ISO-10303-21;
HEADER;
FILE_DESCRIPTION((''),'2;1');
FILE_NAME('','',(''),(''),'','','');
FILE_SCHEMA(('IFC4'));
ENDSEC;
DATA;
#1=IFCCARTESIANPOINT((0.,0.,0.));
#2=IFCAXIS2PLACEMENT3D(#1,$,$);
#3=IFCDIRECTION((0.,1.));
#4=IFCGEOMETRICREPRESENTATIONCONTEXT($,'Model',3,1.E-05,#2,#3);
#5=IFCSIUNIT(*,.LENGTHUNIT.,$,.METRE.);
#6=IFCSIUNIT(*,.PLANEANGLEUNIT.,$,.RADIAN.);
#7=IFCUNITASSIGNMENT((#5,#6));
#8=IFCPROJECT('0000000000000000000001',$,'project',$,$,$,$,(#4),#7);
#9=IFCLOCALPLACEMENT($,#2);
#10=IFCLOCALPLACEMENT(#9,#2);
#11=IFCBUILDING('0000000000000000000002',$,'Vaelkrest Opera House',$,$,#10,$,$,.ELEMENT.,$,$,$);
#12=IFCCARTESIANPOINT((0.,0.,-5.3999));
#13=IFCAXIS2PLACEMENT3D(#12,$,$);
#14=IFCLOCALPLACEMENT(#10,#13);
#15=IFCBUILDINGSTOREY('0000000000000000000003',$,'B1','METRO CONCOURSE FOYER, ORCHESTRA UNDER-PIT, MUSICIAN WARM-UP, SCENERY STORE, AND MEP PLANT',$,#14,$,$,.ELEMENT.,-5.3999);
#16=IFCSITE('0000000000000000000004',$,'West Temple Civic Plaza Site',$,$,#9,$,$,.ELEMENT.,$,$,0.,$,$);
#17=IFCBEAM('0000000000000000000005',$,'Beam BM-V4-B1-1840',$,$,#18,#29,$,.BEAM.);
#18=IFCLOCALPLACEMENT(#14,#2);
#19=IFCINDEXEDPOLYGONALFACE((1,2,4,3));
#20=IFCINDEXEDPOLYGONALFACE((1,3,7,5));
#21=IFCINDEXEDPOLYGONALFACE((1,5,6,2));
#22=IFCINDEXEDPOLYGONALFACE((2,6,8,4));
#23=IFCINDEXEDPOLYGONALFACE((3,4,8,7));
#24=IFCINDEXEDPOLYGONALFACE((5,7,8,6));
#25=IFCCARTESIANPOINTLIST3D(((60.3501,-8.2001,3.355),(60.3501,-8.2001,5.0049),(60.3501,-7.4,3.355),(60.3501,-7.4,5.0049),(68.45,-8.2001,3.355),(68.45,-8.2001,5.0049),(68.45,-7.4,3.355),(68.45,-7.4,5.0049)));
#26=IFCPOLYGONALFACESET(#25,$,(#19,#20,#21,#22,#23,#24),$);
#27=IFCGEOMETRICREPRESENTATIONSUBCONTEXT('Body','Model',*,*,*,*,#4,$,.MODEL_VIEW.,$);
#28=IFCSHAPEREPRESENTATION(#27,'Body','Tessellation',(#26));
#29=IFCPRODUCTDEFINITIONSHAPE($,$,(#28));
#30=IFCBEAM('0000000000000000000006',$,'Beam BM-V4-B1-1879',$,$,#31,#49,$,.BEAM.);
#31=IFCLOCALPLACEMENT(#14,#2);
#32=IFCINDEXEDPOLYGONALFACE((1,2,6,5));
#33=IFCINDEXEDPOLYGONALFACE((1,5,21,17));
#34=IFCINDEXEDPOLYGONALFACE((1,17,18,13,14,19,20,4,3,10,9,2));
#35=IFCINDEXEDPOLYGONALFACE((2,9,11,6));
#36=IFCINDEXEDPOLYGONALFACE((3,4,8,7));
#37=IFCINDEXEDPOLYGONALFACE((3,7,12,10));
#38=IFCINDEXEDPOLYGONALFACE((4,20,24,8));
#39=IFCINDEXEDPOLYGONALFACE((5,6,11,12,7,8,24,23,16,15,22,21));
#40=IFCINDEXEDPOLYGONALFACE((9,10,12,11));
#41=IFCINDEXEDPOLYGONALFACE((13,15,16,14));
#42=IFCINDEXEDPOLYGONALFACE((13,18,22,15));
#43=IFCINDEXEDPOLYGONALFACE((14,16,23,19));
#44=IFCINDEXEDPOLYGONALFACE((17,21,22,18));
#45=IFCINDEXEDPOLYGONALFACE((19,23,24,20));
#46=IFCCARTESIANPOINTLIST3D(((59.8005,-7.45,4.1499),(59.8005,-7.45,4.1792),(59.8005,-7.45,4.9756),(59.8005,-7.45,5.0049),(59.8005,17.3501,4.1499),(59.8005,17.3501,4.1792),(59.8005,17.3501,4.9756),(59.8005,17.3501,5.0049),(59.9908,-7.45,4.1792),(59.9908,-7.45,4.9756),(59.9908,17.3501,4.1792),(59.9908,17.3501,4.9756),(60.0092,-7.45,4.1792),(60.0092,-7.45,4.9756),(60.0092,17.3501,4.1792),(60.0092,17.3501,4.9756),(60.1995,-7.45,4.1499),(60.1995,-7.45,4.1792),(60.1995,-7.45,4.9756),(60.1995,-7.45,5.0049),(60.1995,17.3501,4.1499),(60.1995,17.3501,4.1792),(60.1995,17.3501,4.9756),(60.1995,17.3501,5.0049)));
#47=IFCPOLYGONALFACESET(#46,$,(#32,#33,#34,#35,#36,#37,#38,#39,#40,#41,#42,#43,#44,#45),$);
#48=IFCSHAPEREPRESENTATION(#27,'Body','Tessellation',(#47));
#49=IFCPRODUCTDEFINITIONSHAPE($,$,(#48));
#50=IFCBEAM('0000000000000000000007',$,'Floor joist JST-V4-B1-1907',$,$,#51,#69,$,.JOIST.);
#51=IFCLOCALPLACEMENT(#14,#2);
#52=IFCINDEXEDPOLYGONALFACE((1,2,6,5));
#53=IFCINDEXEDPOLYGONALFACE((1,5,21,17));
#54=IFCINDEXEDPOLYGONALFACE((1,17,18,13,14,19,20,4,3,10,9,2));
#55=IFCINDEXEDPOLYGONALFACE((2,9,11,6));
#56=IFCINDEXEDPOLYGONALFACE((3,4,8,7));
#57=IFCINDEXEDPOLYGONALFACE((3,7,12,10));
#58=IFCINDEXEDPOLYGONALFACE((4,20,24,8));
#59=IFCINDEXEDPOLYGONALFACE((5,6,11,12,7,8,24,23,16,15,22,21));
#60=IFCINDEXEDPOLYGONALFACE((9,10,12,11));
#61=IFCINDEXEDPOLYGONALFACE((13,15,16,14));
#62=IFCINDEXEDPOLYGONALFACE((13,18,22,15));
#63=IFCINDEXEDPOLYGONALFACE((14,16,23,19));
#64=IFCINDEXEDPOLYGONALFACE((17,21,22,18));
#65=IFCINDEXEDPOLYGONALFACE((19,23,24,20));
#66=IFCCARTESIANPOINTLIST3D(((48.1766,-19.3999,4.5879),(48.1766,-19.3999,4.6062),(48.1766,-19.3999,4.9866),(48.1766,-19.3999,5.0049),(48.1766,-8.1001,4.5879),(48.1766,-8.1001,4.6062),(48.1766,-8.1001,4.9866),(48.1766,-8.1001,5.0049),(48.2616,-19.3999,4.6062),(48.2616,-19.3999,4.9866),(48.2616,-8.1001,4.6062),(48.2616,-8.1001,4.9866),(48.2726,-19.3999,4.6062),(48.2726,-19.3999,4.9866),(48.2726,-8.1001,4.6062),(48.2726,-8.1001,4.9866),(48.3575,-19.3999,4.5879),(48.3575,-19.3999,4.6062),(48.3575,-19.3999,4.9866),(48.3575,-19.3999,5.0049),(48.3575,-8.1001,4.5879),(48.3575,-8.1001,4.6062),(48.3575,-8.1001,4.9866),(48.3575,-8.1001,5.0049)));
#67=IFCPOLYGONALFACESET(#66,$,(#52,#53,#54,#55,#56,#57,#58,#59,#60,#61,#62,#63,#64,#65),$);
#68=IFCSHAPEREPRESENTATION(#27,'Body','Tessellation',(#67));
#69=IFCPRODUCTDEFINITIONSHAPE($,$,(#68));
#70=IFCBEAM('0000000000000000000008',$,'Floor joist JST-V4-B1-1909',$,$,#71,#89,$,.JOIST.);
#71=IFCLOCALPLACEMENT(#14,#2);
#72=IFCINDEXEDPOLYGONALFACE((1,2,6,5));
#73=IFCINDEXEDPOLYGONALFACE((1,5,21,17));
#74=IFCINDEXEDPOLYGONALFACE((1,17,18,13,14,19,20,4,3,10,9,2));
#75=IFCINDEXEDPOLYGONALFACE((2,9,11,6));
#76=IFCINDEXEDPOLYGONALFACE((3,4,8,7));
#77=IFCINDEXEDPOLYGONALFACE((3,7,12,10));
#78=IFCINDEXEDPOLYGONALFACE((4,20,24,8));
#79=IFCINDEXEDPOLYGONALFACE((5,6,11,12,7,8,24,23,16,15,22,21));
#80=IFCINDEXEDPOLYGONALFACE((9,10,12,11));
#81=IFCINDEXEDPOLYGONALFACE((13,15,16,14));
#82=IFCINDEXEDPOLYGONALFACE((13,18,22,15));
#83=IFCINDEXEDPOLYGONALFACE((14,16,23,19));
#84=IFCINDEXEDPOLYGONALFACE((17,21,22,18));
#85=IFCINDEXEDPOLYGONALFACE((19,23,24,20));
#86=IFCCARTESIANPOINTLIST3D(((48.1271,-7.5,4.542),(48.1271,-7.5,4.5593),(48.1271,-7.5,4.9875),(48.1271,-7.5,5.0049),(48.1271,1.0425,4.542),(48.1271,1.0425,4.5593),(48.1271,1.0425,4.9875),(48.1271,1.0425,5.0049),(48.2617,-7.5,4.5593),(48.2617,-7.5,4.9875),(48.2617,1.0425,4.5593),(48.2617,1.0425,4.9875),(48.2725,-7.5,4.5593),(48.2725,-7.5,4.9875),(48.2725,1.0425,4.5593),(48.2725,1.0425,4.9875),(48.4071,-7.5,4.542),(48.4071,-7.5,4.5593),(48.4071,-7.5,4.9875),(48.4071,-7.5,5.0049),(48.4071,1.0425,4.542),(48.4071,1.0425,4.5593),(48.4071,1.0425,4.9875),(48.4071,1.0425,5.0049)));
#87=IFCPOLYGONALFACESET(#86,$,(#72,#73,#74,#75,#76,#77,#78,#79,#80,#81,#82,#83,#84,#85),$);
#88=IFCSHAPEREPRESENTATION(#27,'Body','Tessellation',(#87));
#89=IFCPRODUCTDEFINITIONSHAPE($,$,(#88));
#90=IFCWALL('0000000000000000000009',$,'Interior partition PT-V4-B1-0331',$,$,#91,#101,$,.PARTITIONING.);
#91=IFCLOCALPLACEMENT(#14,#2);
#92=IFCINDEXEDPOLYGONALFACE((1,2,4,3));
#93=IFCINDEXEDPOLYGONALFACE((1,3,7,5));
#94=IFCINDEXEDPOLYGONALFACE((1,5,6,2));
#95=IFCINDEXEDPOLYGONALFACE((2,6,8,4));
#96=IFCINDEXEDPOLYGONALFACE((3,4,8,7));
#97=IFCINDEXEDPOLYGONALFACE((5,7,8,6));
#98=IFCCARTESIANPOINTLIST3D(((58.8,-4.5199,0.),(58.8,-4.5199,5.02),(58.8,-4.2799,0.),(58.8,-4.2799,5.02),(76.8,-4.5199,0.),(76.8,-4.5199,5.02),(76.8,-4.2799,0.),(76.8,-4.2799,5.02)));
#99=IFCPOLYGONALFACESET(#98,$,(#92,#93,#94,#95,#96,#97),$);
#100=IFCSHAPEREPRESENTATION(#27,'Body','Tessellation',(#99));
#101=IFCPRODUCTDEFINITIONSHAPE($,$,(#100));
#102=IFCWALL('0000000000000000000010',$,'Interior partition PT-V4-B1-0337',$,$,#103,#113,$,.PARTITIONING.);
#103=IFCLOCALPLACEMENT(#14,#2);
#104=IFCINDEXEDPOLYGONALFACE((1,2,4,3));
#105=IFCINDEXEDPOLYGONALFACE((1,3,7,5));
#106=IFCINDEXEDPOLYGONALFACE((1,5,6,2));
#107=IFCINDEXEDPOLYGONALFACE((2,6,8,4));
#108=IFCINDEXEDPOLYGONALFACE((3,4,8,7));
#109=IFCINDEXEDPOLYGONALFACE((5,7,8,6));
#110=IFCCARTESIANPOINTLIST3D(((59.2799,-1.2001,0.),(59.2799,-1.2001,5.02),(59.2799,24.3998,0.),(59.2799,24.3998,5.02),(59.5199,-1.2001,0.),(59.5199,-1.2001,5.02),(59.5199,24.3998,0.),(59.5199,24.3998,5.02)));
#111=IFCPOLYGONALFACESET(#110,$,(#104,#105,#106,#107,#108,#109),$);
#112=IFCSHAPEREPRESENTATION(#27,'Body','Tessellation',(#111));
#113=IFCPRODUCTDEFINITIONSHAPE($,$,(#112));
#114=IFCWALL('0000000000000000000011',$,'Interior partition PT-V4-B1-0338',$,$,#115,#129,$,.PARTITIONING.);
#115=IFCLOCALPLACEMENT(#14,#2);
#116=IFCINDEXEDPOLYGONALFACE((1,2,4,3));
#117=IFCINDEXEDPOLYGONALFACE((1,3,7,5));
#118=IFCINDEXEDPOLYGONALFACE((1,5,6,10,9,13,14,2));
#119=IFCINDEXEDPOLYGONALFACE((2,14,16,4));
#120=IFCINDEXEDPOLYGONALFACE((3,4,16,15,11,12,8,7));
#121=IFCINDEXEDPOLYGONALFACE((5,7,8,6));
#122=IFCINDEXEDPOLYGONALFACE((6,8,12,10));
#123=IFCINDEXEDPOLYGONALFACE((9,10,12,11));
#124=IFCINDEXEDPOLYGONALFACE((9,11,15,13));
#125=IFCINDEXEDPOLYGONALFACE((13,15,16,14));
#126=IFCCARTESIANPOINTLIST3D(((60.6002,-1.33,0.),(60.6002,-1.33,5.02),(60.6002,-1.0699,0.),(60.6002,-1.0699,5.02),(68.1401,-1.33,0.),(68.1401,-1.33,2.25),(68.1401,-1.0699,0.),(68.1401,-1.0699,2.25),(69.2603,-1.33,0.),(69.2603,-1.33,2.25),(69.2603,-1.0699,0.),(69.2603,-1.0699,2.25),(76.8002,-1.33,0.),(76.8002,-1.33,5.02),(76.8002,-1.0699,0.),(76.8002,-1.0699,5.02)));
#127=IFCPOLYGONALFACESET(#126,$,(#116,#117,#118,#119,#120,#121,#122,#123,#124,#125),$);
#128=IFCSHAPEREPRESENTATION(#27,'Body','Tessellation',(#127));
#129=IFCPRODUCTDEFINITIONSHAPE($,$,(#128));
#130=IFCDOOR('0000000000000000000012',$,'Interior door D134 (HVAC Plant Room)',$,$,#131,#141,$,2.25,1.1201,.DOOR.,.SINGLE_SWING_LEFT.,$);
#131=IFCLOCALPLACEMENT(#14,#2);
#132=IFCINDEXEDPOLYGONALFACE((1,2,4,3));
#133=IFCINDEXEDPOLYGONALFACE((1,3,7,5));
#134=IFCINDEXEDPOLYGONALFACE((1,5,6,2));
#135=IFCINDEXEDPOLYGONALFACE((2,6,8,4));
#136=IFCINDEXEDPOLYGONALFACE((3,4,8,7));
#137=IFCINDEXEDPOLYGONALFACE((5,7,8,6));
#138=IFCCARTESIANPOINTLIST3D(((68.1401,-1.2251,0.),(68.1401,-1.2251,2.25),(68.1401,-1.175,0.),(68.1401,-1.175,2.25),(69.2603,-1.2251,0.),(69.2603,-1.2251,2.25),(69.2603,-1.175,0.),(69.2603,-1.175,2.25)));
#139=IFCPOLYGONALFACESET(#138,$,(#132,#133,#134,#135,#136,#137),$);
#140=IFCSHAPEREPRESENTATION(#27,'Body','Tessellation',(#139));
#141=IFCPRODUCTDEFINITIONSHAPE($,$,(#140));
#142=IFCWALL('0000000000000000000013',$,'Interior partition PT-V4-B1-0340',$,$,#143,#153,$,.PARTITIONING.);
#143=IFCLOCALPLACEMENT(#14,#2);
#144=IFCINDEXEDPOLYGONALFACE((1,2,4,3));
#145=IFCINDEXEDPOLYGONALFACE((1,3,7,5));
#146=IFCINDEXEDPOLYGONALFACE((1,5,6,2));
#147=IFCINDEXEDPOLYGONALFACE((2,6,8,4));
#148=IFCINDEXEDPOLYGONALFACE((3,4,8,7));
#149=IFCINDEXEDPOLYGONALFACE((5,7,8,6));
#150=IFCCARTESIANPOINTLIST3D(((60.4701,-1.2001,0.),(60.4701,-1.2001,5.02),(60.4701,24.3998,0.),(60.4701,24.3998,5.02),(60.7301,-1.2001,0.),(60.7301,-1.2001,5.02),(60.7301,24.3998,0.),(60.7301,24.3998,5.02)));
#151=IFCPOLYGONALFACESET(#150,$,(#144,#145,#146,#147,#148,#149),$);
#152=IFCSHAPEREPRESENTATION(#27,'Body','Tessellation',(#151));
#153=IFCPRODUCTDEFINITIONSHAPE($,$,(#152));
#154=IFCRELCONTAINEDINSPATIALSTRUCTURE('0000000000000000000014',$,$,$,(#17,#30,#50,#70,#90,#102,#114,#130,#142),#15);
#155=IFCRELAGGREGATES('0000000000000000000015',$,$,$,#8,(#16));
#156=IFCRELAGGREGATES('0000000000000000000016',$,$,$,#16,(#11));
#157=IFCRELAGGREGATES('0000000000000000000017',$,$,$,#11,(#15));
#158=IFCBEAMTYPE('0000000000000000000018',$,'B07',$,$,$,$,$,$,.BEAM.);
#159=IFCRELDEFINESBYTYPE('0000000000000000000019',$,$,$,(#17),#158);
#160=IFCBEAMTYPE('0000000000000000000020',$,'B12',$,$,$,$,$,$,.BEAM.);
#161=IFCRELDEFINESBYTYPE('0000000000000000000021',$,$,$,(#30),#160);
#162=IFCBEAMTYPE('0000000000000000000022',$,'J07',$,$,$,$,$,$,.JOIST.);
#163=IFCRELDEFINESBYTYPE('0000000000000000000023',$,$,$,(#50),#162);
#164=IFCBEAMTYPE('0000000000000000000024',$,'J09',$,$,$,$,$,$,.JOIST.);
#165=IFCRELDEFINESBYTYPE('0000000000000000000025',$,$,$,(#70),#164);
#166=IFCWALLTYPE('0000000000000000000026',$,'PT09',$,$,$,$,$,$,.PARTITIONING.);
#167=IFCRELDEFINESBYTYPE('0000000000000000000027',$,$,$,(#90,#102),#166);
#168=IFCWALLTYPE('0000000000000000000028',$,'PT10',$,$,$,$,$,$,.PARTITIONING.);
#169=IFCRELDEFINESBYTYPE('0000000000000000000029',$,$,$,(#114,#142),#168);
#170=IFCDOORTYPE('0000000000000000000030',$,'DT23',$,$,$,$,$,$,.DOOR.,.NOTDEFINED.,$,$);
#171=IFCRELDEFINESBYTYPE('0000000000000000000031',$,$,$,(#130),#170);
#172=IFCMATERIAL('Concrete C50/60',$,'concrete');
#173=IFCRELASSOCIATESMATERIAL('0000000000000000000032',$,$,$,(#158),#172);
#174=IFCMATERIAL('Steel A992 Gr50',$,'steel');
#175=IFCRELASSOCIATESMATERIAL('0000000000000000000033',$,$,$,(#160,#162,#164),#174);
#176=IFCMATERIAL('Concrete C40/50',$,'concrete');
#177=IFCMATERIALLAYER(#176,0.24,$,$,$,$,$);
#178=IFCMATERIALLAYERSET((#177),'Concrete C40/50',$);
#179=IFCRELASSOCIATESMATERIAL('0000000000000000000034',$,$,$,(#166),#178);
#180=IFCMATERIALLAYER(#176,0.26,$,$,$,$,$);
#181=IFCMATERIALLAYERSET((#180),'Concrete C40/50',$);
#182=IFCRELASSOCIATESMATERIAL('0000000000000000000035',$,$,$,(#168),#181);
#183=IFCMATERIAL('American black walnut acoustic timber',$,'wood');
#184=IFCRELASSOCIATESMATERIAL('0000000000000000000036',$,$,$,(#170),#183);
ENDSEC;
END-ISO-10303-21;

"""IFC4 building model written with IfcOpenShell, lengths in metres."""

from ifc_helpers import new_model, si_unit, direction, frame, frame_2d, origin, origin_2d, place, context, subcontext, project, spatial, rectangle, i_section, extrude, material, layer, layer_set, material_profile, profile_set, type_object, element, fill, save


model = new_model("IFC4")

# Units and contexts
model_context = context("Model", 3, precision=1e-05, world=origin(), true_north=direction((0.0, 1.0)))
body_context = subcontext(model_context, "Body", "Model", "MODEL_VIEW")
ifc_project = project(units=[si_unit("LENGTHUNIT", "METRE"), si_unit("PLANEANGLEUNIT", "RADIAN")], contexts=[model_context])

# Site, building, storey
site_placement = place(None, origin())
site = spatial("IfcSite", under=ifc_project, at=site_placement, Name="West Temple Civic Plaza Site", CompositionType="ELEMENT", RefElevation=0.0)
building_placement = place(site_placement, origin())
building = spatial("IfcBuilding", under=site, at=building_placement, Name="Vaelkrest Opera House", CompositionType="ELEMENT")
storey_placement = place(building_placement, frame((0.0, 0.0, -5.3999)))
storey = spatial("IfcBuildingStorey", under=building, at=storey_placement, Name="B1", Description="METRO CONCOURSE FOYER, ORCHESTRA UNDER-PIT, MUSICIAN WARM-UP, SCENERY STORE, AND MEP PLANT", CompositionType="ELEMENT", Elevation=-5.3999)

# Shared definitions
ifc_material_1 = material(Name="Concrete C40/50", Category="concrete")

# Shared definitions
ifc_material_2 = material(Name="Concrete C50/60", Category="concrete")

# Beams
ifc_material_profile_1 = material_profile(ifc_material_2, rectangle(XDim=0.8, YDim=1.6499, at=origin_2d()), Name="RCB800X1650")
ifc_profile_set_1 = profile_set([ifc_material_profile_1], Name="Concrete C50/60")
beam_type_1 = type_object("IfcBeamType", Name="B07", PredefinedType="BEAM", material=ifc_profile_set_1)
beam_1_placement = place(storey_placement, frame((60.3501, -7.8, 4.1799), z_axis=(1.0, 0.0, 0.0), x_axis=(0.0, 1.0, 0.0)))
element("IfcBeam", 1, at=beam_1_placement, inside=storey, type_object=beam_type_1, Name="Beam BM-V4-B1-1840", PredefinedType="BEAM", context=body_context, shape_type="SweptSolid", body=[
    extrude(rectangle(XDim=0.8, YDim=1.6499, at=origin_2d()), origin(), (0.0, 0.0, 1.0), 8.0999),
])
ifc_material_3 = material(Name="Steel A992 Gr50", Category="steel")
ifc_material_profile_2 = material_profile(ifc_material_3, i_section(OverallWidth=0.3989, OverallDepth=0.855, WebThickness=0.0183, FlangeThickness=0.0293, at=origin_2d()), Name="W33X201")
ifc_profile_set_2 = profile_set([ifc_material_profile_2], Name="Steel A992 Gr50")
beam_type_2 = type_object("IfcBeamType", Name="B12", PredefinedType="BEAM", material=ifc_profile_set_2)
beam_2_placement = place(storey_placement, frame((60.0, -7.45, 4.5774), z_axis=(0.0, 1.0, 0.0), x_axis=(-1.0, 0.0, 0.0)))
element("IfcBeam", 2, at=beam_2_placement, inside=storey, type_object=beam_type_2, Name="Beam BM-V4-B1-1879", PredefinedType="BEAM", context=body_context, shape_type="SweptSolid", body=[
    extrude(i_section(OverallWidth=0.3989, OverallDepth=0.855, WebThickness=0.0183, FlangeThickness=0.0293, at=origin_2d()), origin(), (0.0, 0.0, 1.0), 24.8),
])
ifc_material_profile_3 = material_profile(ifc_material_3, i_section(OverallWidth=0.1809, OverallDepth=0.417, WebThickness=0.011, FlangeThickness=0.0183, at=origin_2d()), Name="W16X57")
ifc_profile_set_3 = profile_set([ifc_material_profile_3], Name="Steel A992 Gr50")
beam_type_3 = type_object("IfcBeamType", Name="J07", PredefinedType="JOIST", material=ifc_profile_set_3)
beam_3_placement = place(storey_placement, frame((48.2671, -19.3999, 4.7964), z_axis=(0.0, 1.0, 0.0), x_axis=(-1.0, 0.0, 0.0)))
element("IfcBeam", 3, at=beam_3_placement, inside=storey, type_object=beam_type_3, Name="Floor joist JST-V4-B1-1907", PredefinedType="JOIST", context=body_context, shape_type="SweptSolid", body=[
    extrude(i_section(OverallWidth=0.1809, OverallDepth=0.417, WebThickness=0.011, FlangeThickness=0.0183, at=origin_2d()), origin(), (0.0, 0.0, 1.0), 11.2998),
])
ifc_material_profile_4 = material_profile(ifc_material_3, i_section(OverallWidth=0.28, OverallDepth=0.4629, WebThickness=0.0107, FlangeThickness=0.0173, at=origin_2d()), Name="W18X76")
ifc_profile_set_4 = profile_set([ifc_material_profile_4], Name="Steel A992 Gr50")
beam_type_4 = type_object("IfcBeamType", Name="J09", PredefinedType="JOIST", material=ifc_profile_set_4)
beam_4_placement = place(storey_placement, frame((48.2671, -7.5, 4.7734), z_axis=(0.0, 1.0, 0.0), x_axis=(-1.0, 0.0, 0.0)))
element("IfcBeam", 4, at=beam_4_placement, inside=storey, type_object=beam_type_4, Name="Floor joist JST-V4-B1-1909", PredefinedType="JOIST", context=body_context, shape_type="SweptSolid", body=[
    extrude(i_section(OverallWidth=0.28, OverallDepth=0.4629, WebThickness=0.0107, FlangeThickness=0.0173, at=origin_2d()), origin(), (0.0, 0.0, 1.0), 8.5425),
])

# Walls
ifc_layer_1 = layer(ifc_material_1, 0.24)
ifc_layer_set_1 = layer_set([ifc_layer_1], Name="Concrete C40/50")
wall_type_1 = type_object("IfcWallType", Name="PT09", PredefinedType="PARTITIONING", material=ifc_layer_set_1)
wall_1_placement = place(storey_placement, frame((58.8, -4.3999, 0.0), z_axis=(0.0, 0.0, 1.0), x_axis=(1.0, 0.0, 0.0)))
element("IfcWall", 5, at=wall_1_placement, inside=storey, type_object=wall_type_1, Name="Interior partition PT-V4-B1-0331", PredefinedType="PARTITIONING", context=body_context, shape_type="SweptSolid", body=[
    extrude(rectangle(XDim=18.0, YDim=0.24, at=frame_2d((9.0, 0.0))), origin(), (0.0, 0.0, 1.0), 5.02),
])
wall_2_placement = place(storey_placement, frame((59.3999, -1.2, 0.0), z_axis=(0.0, 0.0, 1.0), x_axis=(0.0, 1.0, 0.0)))
element("IfcWall", 6, at=wall_2_placement, inside=storey, type_object=wall_type_1, Name="Interior partition PT-V4-B1-0337", PredefinedType="PARTITIONING", context=body_context, shape_type="SweptSolid", body=[
    extrude(rectangle(XDim=25.5999, YDim=0.24, at=frame_2d((12.7998, 0.0))), origin(), (0.0, 0.0, 1.0), 5.02),
])

# Wall, opening, door
ifc_layer_2 = layer(ifc_material_1, 0.26)
ifc_layer_set_2 = layer_set([ifc_layer_2], Name="Concrete C40/50")
wall_type_2 = type_object("IfcWallType", Name="PT10", PredefinedType="PARTITIONING", material=ifc_layer_set_2)
wall_3_placement = place(storey_placement, frame((60.6001, -1.2, 0.0), z_axis=(0.0, 0.0, 1.0), x_axis=(1.0, 0.0, 0.0)))
wall_3 = element("IfcWall", 7, at=wall_3_placement, inside=storey, type_object=wall_type_2, Name="Interior partition PT-V4-B1-0338", PredefinedType="PARTITIONING", context=body_context, shape_type="SweptSolid", body=[
    extrude(rectangle(XDim=16.2, YDim=0.26, at=frame_2d((8.1001, 0.0))), origin(), (0.0, 0.0, 1.0), 5.02),
])
opening_placement = place(wall_3_placement, frame((7.54, 0.0, 0.0)))
opening = element("IfcOpeningElement", 8, at=opening_placement, cuts=wall_3, PredefinedType="OPENING", context=body_context, shape_type="SweptSolid", body=[
    extrude(rectangle(XDim=1.1201, YDim=2.25, at=frame_2d((0.5601, 1.125))), frame((0.0, 0.1399, 0.0), z_axis=(0.0, -1.0, 0.0), x_axis=(1.0, 0.0, 0.0)), (0.0, 0.0, 1.0), 0.28),
])
ifc_material_4 = material(Name="American black walnut acoustic timber", Category="wood")
door_type = type_object("IfcDoorType", Name="DT23", OperationType="NOTDEFINED", PredefinedType="DOOR", material=ifc_material_4)
door_placement = place(opening_placement, origin())
door = element("IfcDoor", 9, at=door_placement, inside=storey, type_object=door_type, Name="Interior door D134 (HVAC Plant Room)", OperationType="SINGLE_SWING_LEFT", OverallHeight=2.25, OverallWidth=1.1201, PredefinedType="DOOR", context=body_context, shape_type="SweptSolid", body=[
    extrude(rectangle(XDim=1.1201, YDim=2.25, at=frame_2d((0.5601, 1.125))), frame((0.0, 0.0249, 0.0), z_axis=(0.0, -1.0, 0.0), x_axis=(1.0, 0.0, 0.0)), (0.0, 0.0, 1.0), 0.05),
])
fill(opening, door)

# Wall
wall_4_placement = place(storey_placement, frame((60.6001, -1.2, 0.0), z_axis=(0.0, 0.0, 1.0), x_axis=(0.0, 1.0, 0.0)))
element("IfcWall", 10, at=wall_4_placement, inside=storey, type_object=wall_type_2, Name="Interior partition PT-V4-B1-0340", PredefinedType="PARTITIONING", context=body_context, shape_type="SweptSolid", body=[
    extrude(rectangle(XDim=25.5999, YDim=0.26, at=frame_2d((12.7998, 0.0))), origin(), (0.0, 0.0, 1.0), 5.02),
])

save(model, "model.ifc")
